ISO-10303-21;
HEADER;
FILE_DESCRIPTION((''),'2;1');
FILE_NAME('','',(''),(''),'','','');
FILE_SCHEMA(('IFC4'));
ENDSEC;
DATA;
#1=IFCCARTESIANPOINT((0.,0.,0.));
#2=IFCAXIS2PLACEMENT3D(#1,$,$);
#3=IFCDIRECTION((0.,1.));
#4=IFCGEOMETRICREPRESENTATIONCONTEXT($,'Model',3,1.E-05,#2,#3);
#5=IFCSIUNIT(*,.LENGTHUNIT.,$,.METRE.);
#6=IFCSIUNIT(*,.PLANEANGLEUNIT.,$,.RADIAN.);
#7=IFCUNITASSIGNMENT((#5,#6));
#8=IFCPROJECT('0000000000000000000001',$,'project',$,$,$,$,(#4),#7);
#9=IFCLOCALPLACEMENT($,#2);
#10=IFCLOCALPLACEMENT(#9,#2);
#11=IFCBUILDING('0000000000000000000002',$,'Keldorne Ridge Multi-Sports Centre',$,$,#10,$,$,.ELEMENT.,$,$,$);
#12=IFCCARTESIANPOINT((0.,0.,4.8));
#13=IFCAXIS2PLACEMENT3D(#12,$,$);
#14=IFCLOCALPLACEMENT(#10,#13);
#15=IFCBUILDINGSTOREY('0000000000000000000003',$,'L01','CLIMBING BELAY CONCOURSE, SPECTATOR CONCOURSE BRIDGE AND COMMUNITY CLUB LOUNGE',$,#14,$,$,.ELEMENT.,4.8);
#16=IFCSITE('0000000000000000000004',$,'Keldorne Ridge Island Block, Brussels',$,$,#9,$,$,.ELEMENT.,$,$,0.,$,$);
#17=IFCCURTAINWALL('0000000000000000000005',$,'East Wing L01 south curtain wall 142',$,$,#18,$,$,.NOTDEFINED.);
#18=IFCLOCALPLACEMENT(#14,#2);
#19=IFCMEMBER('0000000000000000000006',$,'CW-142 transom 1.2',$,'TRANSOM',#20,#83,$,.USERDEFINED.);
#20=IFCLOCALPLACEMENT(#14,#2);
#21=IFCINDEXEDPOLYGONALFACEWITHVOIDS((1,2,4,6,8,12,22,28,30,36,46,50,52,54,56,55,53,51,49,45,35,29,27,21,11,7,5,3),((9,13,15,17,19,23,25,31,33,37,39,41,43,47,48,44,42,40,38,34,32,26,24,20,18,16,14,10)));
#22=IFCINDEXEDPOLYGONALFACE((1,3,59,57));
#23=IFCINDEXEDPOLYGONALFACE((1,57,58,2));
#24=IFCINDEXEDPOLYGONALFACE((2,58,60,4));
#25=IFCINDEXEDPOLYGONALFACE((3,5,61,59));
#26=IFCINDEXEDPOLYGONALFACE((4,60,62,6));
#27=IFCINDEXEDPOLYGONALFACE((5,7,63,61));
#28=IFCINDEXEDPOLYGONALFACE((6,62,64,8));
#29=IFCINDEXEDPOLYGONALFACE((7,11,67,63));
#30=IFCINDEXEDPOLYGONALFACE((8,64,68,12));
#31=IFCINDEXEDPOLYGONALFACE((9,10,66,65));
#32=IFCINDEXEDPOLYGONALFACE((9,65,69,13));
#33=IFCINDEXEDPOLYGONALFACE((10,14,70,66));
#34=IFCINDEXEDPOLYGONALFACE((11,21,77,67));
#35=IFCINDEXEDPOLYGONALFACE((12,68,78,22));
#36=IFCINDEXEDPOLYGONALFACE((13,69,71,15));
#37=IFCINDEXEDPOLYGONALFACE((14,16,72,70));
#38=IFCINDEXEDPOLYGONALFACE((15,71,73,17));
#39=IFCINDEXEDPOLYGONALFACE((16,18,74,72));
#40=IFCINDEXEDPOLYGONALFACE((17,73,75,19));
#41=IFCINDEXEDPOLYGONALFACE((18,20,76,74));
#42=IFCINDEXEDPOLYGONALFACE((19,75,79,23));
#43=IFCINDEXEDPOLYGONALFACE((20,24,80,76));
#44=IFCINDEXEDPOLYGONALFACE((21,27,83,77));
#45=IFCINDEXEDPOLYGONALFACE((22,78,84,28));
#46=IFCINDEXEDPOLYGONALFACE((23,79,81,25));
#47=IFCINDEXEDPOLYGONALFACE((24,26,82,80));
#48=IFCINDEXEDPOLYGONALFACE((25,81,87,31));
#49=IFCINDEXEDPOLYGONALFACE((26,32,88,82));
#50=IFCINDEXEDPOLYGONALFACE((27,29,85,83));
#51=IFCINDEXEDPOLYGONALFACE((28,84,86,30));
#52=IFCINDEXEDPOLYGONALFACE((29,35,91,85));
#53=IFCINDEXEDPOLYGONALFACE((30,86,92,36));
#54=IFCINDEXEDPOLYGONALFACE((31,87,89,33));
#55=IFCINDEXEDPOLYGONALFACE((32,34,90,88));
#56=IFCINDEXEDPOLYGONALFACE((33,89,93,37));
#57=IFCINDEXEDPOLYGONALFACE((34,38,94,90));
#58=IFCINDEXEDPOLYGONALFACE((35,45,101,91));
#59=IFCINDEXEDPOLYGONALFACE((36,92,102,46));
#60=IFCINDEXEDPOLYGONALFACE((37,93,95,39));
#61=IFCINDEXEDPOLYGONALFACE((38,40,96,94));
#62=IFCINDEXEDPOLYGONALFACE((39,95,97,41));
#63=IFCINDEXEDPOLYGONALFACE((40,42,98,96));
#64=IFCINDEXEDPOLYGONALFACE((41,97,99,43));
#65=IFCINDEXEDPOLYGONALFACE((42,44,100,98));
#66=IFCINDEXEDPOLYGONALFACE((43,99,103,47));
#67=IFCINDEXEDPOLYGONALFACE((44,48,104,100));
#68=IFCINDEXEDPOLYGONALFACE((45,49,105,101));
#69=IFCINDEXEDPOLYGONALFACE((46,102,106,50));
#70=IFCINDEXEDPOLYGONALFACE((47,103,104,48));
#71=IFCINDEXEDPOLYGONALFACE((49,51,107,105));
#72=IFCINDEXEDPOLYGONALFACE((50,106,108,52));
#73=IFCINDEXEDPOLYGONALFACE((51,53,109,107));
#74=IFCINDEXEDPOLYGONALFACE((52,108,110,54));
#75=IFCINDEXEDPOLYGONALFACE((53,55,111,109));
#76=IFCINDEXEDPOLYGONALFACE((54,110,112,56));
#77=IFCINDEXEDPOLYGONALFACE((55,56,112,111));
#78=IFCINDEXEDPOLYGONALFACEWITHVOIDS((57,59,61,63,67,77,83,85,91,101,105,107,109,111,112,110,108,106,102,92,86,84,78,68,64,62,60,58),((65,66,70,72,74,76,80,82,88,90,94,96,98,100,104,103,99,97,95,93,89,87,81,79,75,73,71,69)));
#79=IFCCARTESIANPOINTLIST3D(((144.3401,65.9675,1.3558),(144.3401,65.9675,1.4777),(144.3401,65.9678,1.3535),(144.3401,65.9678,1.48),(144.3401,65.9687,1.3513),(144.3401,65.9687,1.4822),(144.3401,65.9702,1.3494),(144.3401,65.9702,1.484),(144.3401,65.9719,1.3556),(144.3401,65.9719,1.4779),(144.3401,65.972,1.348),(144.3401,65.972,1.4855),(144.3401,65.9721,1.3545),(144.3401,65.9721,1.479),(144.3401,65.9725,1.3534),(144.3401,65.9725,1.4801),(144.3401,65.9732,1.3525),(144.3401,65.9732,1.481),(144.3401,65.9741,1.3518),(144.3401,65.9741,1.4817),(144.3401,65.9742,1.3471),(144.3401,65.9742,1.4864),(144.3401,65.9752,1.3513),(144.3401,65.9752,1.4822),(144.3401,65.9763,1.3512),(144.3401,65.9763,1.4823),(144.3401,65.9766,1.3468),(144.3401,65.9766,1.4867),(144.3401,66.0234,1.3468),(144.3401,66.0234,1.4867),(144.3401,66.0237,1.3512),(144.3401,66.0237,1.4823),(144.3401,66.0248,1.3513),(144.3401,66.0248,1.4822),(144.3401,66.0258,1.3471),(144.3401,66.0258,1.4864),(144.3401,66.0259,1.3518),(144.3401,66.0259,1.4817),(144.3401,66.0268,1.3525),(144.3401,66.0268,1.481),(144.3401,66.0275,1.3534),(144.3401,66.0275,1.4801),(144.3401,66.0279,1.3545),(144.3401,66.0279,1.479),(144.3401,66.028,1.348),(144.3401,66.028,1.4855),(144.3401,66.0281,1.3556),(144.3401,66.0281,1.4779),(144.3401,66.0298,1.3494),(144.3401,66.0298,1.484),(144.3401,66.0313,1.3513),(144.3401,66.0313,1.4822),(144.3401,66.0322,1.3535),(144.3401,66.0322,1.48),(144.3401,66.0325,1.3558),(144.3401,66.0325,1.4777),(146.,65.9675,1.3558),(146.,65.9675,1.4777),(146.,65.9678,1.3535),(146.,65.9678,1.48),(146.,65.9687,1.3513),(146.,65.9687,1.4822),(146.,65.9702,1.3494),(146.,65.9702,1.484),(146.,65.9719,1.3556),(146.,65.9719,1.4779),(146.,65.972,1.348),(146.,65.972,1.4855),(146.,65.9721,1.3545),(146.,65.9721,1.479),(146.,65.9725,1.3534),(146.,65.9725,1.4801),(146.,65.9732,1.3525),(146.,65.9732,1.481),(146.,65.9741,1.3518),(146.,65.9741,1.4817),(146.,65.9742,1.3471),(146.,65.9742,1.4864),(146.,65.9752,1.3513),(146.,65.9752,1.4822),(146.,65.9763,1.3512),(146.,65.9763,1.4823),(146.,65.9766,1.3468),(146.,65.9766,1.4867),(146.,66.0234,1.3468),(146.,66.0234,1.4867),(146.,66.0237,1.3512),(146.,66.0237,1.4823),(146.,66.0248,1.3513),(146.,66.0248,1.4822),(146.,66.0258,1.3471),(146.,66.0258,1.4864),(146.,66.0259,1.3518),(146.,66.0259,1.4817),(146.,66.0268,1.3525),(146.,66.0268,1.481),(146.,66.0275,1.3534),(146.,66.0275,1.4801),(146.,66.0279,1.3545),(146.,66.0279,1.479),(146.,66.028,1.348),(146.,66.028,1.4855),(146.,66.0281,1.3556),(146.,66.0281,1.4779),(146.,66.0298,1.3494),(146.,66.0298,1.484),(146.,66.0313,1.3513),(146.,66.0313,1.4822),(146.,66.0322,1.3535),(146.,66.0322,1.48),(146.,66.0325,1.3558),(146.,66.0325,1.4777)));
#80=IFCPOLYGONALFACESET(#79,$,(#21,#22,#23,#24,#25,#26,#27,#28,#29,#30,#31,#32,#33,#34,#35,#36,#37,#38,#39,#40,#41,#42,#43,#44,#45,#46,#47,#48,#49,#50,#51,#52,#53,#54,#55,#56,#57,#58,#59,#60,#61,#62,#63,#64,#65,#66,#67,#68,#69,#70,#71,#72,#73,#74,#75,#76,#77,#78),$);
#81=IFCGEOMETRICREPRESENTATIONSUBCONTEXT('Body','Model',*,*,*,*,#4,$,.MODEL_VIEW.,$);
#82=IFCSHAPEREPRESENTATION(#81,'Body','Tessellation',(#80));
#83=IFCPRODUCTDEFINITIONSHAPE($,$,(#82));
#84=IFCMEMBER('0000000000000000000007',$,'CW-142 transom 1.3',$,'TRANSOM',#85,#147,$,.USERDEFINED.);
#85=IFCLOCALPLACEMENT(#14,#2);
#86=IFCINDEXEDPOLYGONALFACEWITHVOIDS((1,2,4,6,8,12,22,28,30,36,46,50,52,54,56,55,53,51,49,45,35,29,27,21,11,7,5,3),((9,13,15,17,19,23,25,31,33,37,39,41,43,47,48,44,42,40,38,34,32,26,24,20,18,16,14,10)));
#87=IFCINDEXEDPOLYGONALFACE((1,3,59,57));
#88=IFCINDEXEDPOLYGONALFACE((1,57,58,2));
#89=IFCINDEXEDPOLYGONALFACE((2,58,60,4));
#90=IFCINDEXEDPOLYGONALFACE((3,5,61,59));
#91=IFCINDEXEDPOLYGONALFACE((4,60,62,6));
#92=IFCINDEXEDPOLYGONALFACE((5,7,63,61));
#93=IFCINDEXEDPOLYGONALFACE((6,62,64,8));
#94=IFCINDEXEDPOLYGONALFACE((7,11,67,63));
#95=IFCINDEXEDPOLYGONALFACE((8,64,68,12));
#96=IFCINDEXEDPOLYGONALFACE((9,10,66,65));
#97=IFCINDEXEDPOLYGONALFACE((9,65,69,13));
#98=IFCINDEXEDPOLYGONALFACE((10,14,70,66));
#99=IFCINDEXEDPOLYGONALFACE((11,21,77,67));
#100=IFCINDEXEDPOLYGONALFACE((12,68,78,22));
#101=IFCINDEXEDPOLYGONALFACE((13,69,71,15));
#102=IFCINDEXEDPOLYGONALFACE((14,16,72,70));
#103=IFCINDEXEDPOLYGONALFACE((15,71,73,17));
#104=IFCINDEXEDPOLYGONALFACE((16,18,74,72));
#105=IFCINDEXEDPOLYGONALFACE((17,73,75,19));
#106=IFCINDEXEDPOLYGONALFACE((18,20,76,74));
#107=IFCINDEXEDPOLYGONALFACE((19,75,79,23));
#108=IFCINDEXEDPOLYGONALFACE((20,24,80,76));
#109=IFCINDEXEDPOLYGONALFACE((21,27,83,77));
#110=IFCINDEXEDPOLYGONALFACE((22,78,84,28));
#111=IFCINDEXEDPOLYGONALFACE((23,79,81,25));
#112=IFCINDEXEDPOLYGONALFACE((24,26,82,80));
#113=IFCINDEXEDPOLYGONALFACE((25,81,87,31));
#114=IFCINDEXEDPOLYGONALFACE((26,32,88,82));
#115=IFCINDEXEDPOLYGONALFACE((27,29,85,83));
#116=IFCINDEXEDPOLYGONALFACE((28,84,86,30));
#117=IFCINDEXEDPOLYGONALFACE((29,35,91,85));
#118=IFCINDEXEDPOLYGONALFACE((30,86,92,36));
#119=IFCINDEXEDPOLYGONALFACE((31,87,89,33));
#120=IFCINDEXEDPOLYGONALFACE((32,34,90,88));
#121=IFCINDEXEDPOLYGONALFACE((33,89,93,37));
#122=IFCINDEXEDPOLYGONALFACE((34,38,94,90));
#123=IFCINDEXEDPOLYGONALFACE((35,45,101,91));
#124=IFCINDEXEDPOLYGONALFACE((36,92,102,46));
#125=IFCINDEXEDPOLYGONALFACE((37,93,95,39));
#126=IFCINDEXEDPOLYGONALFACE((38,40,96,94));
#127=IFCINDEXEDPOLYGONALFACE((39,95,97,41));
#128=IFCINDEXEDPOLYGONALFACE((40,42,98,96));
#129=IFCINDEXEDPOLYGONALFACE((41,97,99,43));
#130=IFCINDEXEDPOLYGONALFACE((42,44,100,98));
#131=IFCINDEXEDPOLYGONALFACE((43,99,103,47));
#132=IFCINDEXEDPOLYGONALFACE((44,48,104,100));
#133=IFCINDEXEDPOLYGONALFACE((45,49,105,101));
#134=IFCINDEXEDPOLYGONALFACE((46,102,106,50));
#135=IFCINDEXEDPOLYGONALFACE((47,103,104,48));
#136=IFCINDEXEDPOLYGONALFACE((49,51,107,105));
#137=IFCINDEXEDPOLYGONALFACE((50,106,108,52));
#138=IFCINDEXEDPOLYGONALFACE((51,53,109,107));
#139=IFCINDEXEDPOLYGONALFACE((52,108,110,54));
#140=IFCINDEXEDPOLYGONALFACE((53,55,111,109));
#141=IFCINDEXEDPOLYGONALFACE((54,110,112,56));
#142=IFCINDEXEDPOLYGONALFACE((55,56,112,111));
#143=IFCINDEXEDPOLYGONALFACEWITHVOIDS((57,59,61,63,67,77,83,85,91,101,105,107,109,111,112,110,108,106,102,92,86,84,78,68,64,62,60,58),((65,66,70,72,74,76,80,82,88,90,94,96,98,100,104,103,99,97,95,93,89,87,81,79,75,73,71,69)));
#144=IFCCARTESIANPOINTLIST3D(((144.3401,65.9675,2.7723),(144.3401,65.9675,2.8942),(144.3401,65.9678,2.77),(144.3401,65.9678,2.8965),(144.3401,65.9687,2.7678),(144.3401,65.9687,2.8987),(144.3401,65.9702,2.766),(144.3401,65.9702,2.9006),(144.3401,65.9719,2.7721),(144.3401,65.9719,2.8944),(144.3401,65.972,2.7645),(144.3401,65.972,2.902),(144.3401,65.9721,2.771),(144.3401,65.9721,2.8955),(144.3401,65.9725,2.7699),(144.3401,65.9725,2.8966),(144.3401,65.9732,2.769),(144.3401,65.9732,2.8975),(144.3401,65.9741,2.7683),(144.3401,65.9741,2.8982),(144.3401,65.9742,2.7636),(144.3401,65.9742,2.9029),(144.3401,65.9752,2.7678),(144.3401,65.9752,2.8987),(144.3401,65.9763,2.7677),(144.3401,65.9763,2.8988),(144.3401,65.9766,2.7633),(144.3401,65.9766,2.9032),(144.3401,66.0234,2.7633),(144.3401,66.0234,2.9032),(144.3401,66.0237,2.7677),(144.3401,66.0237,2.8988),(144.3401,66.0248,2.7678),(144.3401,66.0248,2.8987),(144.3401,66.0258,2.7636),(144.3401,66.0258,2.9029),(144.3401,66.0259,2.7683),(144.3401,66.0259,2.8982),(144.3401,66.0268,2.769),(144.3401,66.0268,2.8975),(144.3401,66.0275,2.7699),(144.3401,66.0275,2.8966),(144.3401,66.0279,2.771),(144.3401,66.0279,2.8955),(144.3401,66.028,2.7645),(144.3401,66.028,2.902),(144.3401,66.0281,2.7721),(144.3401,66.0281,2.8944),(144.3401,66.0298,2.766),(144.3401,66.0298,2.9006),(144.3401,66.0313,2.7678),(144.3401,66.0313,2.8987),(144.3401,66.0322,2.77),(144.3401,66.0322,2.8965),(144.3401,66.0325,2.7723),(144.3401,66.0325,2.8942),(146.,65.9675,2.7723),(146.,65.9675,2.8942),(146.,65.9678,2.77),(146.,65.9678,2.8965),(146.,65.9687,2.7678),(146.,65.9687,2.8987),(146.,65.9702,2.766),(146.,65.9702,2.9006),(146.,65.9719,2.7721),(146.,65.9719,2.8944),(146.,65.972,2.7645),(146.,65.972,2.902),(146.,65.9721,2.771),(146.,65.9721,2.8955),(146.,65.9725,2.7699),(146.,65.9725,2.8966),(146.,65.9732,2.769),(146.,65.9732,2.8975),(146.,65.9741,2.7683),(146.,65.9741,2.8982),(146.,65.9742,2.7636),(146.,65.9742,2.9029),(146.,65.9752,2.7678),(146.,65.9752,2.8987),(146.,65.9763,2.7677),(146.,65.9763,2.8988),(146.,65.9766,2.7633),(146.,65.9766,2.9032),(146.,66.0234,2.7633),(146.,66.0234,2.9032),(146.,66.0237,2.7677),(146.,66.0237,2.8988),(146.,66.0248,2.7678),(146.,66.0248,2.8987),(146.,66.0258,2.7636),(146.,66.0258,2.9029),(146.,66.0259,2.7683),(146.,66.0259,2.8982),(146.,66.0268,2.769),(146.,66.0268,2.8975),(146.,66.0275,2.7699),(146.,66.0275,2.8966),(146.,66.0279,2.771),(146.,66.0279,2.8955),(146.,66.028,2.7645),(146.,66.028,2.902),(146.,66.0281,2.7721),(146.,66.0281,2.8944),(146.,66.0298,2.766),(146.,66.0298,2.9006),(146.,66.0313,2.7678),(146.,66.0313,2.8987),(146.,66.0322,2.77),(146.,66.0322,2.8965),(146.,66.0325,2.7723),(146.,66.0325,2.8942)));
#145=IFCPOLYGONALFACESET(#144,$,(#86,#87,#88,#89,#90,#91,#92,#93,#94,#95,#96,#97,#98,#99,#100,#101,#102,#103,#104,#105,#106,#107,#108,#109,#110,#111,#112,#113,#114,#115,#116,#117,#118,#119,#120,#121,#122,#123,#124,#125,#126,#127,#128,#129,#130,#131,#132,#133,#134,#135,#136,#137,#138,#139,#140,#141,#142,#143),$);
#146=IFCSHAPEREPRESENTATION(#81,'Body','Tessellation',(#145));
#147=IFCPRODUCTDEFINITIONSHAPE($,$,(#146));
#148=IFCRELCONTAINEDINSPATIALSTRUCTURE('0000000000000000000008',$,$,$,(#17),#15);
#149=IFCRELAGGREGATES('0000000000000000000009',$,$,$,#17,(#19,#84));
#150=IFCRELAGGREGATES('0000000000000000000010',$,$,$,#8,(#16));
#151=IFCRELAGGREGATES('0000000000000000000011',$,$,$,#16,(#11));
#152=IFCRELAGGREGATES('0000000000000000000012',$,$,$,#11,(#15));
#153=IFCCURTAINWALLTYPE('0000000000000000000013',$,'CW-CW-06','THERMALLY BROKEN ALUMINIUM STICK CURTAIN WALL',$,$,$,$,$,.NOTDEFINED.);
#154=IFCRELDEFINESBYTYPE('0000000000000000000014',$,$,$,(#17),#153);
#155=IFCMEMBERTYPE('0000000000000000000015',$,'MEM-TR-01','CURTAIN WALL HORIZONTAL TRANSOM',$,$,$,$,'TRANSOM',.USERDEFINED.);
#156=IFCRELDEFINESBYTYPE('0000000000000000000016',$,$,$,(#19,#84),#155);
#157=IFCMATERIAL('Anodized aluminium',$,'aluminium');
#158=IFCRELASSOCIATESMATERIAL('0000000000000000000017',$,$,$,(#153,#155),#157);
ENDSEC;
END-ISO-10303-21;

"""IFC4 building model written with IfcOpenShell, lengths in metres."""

from ifc_helpers import new_model, si_unit, direction, frame, origin, origin_2d, place, context, subcontext, project, spatial, hollow_rectangle, extrude, material, material_profile, profile_set, type_object, element, aggregate, save


model = new_model("IFC4")

# Units and contexts
model_context = context("Model", 3, precision=1e-05, world=origin(), true_north=direction((0.0, 1.0)))
body_context = subcontext(model_context, "Body", "Model", "MODEL_VIEW")
ifc_project = project(units=[si_unit("LENGTHUNIT", "METRE"), si_unit("PLANEANGLEUNIT", "RADIAN")], contexts=[model_context])

# Site, building, storey
site_placement = place(None, origin())
site = spatial("IfcSite", under=ifc_project, at=site_placement, Name="Keldorne Ridge Island Block, Brussels", CompositionType="ELEMENT", RefElevation=0.0)
building_placement = place(site_placement, origin())
building = spatial("IfcBuilding", under=site, at=building_placement, Name="Keldorne Ridge Multi-Sports Centre", CompositionType="ELEMENT")
storey_placement = place(building_placement, frame((0.0, 0.0, 4.8)))
storey = spatial("IfcBuildingStorey", under=building, at=storey_placement, Name="L01", Description="CLIMBING BELAY CONCOURSE, SPECTATOR CONCOURSE BRIDGE AND COMMUNITY CLUB LOUNGE", CompositionType="ELEMENT", Elevation=4.8)

# Shared definitions
ifc_material_1 = material(Name="Anodized aluminium", Category="aluminium")

# Curtain wall, members
curtain_wall_type_1 = type_object("IfcCurtainWallType", Name="CW-CW-06", Description="THERMALLY BROKEN ALUMINIUM STICK CURTAIN WALL", PredefinedType="NOTDEFINED", material=ifc_material_1)
curtain_wall_1_placement = place(storey_placement, origin())
curtain_wall_1 = element("IfcCurtainWall", 1, at=curtain_wall_1_placement, inside=storey, type_object=curtain_wall_type_1, Name="East Wing L01 south curtain wall 142", PredefinedType="NOTDEFINED")
ifc_material_profile_1 = material_profile(ifc_material_1, hollow_rectangle(XDim=0.0649, YDim=0.1399, WallThickness=0.0044, InnerFilletRadius=0.0044, OuterFilletRadius=0.009, at=origin_2d()), Name="ALU TRANSOM 140x65x4.5")
ifc_profile_set_1 = profile_set([ifc_material_profile_1], Name="Anodized aluminium")
member_type_1 = type_object("IfcMemberType", Name="MEM-TR-01", Description="CURTAIN WALL HORIZONTAL TRANSOM", ElementType="TRANSOM", PredefinedType="USERDEFINED", material=ifc_profile_set_1)
member_1_placement = place(storey_placement, frame((144.3401, 66.0, 1.4167), z_axis=(1.0, 0.0, 0.0), x_axis=(0.0, 1.0, 0.0)))
member_1 = element("IfcMember", 2, at=member_1_placement, type_object=member_type_1, Name="CW-142 transom 1.2", ObjectType="TRANSOM", PredefinedType="USERDEFINED", context=body_context, shape_type="SweptSolid", body=[
    extrude(hollow_rectangle(XDim=0.0649, YDim=0.1399, WallThickness=0.0044, InnerFilletRadius=0.0044, OuterFilletRadius=0.009, at=origin_2d()), origin(), (0.0, 0.0, 1.0), 1.6599),
])
member_2_placement = place(storey_placement, frame((144.3401, 66.0, 2.8333), z_axis=(1.0, 0.0, 0.0), x_axis=(0.0, 1.0, 0.0)))
member_2 = element("IfcMember", 3, at=member_2_placement, type_object=member_type_1, Name="CW-142 transom 1.3", ObjectType="TRANSOM", PredefinedType="USERDEFINED", context=body_context, shape_type="SweptSolid", body=[
    extrude(hollow_rectangle(XDim=0.0649, YDim=0.1399, WallThickness=0.0044, InnerFilletRadius=0.0044, OuterFilletRadius=0.009, at=origin_2d()), origin(), (0.0, 0.0, 1.0), 1.6599),
])
aggregate(curtain_wall_1, [member_1, member_2])

save(model, "model.ifc")
